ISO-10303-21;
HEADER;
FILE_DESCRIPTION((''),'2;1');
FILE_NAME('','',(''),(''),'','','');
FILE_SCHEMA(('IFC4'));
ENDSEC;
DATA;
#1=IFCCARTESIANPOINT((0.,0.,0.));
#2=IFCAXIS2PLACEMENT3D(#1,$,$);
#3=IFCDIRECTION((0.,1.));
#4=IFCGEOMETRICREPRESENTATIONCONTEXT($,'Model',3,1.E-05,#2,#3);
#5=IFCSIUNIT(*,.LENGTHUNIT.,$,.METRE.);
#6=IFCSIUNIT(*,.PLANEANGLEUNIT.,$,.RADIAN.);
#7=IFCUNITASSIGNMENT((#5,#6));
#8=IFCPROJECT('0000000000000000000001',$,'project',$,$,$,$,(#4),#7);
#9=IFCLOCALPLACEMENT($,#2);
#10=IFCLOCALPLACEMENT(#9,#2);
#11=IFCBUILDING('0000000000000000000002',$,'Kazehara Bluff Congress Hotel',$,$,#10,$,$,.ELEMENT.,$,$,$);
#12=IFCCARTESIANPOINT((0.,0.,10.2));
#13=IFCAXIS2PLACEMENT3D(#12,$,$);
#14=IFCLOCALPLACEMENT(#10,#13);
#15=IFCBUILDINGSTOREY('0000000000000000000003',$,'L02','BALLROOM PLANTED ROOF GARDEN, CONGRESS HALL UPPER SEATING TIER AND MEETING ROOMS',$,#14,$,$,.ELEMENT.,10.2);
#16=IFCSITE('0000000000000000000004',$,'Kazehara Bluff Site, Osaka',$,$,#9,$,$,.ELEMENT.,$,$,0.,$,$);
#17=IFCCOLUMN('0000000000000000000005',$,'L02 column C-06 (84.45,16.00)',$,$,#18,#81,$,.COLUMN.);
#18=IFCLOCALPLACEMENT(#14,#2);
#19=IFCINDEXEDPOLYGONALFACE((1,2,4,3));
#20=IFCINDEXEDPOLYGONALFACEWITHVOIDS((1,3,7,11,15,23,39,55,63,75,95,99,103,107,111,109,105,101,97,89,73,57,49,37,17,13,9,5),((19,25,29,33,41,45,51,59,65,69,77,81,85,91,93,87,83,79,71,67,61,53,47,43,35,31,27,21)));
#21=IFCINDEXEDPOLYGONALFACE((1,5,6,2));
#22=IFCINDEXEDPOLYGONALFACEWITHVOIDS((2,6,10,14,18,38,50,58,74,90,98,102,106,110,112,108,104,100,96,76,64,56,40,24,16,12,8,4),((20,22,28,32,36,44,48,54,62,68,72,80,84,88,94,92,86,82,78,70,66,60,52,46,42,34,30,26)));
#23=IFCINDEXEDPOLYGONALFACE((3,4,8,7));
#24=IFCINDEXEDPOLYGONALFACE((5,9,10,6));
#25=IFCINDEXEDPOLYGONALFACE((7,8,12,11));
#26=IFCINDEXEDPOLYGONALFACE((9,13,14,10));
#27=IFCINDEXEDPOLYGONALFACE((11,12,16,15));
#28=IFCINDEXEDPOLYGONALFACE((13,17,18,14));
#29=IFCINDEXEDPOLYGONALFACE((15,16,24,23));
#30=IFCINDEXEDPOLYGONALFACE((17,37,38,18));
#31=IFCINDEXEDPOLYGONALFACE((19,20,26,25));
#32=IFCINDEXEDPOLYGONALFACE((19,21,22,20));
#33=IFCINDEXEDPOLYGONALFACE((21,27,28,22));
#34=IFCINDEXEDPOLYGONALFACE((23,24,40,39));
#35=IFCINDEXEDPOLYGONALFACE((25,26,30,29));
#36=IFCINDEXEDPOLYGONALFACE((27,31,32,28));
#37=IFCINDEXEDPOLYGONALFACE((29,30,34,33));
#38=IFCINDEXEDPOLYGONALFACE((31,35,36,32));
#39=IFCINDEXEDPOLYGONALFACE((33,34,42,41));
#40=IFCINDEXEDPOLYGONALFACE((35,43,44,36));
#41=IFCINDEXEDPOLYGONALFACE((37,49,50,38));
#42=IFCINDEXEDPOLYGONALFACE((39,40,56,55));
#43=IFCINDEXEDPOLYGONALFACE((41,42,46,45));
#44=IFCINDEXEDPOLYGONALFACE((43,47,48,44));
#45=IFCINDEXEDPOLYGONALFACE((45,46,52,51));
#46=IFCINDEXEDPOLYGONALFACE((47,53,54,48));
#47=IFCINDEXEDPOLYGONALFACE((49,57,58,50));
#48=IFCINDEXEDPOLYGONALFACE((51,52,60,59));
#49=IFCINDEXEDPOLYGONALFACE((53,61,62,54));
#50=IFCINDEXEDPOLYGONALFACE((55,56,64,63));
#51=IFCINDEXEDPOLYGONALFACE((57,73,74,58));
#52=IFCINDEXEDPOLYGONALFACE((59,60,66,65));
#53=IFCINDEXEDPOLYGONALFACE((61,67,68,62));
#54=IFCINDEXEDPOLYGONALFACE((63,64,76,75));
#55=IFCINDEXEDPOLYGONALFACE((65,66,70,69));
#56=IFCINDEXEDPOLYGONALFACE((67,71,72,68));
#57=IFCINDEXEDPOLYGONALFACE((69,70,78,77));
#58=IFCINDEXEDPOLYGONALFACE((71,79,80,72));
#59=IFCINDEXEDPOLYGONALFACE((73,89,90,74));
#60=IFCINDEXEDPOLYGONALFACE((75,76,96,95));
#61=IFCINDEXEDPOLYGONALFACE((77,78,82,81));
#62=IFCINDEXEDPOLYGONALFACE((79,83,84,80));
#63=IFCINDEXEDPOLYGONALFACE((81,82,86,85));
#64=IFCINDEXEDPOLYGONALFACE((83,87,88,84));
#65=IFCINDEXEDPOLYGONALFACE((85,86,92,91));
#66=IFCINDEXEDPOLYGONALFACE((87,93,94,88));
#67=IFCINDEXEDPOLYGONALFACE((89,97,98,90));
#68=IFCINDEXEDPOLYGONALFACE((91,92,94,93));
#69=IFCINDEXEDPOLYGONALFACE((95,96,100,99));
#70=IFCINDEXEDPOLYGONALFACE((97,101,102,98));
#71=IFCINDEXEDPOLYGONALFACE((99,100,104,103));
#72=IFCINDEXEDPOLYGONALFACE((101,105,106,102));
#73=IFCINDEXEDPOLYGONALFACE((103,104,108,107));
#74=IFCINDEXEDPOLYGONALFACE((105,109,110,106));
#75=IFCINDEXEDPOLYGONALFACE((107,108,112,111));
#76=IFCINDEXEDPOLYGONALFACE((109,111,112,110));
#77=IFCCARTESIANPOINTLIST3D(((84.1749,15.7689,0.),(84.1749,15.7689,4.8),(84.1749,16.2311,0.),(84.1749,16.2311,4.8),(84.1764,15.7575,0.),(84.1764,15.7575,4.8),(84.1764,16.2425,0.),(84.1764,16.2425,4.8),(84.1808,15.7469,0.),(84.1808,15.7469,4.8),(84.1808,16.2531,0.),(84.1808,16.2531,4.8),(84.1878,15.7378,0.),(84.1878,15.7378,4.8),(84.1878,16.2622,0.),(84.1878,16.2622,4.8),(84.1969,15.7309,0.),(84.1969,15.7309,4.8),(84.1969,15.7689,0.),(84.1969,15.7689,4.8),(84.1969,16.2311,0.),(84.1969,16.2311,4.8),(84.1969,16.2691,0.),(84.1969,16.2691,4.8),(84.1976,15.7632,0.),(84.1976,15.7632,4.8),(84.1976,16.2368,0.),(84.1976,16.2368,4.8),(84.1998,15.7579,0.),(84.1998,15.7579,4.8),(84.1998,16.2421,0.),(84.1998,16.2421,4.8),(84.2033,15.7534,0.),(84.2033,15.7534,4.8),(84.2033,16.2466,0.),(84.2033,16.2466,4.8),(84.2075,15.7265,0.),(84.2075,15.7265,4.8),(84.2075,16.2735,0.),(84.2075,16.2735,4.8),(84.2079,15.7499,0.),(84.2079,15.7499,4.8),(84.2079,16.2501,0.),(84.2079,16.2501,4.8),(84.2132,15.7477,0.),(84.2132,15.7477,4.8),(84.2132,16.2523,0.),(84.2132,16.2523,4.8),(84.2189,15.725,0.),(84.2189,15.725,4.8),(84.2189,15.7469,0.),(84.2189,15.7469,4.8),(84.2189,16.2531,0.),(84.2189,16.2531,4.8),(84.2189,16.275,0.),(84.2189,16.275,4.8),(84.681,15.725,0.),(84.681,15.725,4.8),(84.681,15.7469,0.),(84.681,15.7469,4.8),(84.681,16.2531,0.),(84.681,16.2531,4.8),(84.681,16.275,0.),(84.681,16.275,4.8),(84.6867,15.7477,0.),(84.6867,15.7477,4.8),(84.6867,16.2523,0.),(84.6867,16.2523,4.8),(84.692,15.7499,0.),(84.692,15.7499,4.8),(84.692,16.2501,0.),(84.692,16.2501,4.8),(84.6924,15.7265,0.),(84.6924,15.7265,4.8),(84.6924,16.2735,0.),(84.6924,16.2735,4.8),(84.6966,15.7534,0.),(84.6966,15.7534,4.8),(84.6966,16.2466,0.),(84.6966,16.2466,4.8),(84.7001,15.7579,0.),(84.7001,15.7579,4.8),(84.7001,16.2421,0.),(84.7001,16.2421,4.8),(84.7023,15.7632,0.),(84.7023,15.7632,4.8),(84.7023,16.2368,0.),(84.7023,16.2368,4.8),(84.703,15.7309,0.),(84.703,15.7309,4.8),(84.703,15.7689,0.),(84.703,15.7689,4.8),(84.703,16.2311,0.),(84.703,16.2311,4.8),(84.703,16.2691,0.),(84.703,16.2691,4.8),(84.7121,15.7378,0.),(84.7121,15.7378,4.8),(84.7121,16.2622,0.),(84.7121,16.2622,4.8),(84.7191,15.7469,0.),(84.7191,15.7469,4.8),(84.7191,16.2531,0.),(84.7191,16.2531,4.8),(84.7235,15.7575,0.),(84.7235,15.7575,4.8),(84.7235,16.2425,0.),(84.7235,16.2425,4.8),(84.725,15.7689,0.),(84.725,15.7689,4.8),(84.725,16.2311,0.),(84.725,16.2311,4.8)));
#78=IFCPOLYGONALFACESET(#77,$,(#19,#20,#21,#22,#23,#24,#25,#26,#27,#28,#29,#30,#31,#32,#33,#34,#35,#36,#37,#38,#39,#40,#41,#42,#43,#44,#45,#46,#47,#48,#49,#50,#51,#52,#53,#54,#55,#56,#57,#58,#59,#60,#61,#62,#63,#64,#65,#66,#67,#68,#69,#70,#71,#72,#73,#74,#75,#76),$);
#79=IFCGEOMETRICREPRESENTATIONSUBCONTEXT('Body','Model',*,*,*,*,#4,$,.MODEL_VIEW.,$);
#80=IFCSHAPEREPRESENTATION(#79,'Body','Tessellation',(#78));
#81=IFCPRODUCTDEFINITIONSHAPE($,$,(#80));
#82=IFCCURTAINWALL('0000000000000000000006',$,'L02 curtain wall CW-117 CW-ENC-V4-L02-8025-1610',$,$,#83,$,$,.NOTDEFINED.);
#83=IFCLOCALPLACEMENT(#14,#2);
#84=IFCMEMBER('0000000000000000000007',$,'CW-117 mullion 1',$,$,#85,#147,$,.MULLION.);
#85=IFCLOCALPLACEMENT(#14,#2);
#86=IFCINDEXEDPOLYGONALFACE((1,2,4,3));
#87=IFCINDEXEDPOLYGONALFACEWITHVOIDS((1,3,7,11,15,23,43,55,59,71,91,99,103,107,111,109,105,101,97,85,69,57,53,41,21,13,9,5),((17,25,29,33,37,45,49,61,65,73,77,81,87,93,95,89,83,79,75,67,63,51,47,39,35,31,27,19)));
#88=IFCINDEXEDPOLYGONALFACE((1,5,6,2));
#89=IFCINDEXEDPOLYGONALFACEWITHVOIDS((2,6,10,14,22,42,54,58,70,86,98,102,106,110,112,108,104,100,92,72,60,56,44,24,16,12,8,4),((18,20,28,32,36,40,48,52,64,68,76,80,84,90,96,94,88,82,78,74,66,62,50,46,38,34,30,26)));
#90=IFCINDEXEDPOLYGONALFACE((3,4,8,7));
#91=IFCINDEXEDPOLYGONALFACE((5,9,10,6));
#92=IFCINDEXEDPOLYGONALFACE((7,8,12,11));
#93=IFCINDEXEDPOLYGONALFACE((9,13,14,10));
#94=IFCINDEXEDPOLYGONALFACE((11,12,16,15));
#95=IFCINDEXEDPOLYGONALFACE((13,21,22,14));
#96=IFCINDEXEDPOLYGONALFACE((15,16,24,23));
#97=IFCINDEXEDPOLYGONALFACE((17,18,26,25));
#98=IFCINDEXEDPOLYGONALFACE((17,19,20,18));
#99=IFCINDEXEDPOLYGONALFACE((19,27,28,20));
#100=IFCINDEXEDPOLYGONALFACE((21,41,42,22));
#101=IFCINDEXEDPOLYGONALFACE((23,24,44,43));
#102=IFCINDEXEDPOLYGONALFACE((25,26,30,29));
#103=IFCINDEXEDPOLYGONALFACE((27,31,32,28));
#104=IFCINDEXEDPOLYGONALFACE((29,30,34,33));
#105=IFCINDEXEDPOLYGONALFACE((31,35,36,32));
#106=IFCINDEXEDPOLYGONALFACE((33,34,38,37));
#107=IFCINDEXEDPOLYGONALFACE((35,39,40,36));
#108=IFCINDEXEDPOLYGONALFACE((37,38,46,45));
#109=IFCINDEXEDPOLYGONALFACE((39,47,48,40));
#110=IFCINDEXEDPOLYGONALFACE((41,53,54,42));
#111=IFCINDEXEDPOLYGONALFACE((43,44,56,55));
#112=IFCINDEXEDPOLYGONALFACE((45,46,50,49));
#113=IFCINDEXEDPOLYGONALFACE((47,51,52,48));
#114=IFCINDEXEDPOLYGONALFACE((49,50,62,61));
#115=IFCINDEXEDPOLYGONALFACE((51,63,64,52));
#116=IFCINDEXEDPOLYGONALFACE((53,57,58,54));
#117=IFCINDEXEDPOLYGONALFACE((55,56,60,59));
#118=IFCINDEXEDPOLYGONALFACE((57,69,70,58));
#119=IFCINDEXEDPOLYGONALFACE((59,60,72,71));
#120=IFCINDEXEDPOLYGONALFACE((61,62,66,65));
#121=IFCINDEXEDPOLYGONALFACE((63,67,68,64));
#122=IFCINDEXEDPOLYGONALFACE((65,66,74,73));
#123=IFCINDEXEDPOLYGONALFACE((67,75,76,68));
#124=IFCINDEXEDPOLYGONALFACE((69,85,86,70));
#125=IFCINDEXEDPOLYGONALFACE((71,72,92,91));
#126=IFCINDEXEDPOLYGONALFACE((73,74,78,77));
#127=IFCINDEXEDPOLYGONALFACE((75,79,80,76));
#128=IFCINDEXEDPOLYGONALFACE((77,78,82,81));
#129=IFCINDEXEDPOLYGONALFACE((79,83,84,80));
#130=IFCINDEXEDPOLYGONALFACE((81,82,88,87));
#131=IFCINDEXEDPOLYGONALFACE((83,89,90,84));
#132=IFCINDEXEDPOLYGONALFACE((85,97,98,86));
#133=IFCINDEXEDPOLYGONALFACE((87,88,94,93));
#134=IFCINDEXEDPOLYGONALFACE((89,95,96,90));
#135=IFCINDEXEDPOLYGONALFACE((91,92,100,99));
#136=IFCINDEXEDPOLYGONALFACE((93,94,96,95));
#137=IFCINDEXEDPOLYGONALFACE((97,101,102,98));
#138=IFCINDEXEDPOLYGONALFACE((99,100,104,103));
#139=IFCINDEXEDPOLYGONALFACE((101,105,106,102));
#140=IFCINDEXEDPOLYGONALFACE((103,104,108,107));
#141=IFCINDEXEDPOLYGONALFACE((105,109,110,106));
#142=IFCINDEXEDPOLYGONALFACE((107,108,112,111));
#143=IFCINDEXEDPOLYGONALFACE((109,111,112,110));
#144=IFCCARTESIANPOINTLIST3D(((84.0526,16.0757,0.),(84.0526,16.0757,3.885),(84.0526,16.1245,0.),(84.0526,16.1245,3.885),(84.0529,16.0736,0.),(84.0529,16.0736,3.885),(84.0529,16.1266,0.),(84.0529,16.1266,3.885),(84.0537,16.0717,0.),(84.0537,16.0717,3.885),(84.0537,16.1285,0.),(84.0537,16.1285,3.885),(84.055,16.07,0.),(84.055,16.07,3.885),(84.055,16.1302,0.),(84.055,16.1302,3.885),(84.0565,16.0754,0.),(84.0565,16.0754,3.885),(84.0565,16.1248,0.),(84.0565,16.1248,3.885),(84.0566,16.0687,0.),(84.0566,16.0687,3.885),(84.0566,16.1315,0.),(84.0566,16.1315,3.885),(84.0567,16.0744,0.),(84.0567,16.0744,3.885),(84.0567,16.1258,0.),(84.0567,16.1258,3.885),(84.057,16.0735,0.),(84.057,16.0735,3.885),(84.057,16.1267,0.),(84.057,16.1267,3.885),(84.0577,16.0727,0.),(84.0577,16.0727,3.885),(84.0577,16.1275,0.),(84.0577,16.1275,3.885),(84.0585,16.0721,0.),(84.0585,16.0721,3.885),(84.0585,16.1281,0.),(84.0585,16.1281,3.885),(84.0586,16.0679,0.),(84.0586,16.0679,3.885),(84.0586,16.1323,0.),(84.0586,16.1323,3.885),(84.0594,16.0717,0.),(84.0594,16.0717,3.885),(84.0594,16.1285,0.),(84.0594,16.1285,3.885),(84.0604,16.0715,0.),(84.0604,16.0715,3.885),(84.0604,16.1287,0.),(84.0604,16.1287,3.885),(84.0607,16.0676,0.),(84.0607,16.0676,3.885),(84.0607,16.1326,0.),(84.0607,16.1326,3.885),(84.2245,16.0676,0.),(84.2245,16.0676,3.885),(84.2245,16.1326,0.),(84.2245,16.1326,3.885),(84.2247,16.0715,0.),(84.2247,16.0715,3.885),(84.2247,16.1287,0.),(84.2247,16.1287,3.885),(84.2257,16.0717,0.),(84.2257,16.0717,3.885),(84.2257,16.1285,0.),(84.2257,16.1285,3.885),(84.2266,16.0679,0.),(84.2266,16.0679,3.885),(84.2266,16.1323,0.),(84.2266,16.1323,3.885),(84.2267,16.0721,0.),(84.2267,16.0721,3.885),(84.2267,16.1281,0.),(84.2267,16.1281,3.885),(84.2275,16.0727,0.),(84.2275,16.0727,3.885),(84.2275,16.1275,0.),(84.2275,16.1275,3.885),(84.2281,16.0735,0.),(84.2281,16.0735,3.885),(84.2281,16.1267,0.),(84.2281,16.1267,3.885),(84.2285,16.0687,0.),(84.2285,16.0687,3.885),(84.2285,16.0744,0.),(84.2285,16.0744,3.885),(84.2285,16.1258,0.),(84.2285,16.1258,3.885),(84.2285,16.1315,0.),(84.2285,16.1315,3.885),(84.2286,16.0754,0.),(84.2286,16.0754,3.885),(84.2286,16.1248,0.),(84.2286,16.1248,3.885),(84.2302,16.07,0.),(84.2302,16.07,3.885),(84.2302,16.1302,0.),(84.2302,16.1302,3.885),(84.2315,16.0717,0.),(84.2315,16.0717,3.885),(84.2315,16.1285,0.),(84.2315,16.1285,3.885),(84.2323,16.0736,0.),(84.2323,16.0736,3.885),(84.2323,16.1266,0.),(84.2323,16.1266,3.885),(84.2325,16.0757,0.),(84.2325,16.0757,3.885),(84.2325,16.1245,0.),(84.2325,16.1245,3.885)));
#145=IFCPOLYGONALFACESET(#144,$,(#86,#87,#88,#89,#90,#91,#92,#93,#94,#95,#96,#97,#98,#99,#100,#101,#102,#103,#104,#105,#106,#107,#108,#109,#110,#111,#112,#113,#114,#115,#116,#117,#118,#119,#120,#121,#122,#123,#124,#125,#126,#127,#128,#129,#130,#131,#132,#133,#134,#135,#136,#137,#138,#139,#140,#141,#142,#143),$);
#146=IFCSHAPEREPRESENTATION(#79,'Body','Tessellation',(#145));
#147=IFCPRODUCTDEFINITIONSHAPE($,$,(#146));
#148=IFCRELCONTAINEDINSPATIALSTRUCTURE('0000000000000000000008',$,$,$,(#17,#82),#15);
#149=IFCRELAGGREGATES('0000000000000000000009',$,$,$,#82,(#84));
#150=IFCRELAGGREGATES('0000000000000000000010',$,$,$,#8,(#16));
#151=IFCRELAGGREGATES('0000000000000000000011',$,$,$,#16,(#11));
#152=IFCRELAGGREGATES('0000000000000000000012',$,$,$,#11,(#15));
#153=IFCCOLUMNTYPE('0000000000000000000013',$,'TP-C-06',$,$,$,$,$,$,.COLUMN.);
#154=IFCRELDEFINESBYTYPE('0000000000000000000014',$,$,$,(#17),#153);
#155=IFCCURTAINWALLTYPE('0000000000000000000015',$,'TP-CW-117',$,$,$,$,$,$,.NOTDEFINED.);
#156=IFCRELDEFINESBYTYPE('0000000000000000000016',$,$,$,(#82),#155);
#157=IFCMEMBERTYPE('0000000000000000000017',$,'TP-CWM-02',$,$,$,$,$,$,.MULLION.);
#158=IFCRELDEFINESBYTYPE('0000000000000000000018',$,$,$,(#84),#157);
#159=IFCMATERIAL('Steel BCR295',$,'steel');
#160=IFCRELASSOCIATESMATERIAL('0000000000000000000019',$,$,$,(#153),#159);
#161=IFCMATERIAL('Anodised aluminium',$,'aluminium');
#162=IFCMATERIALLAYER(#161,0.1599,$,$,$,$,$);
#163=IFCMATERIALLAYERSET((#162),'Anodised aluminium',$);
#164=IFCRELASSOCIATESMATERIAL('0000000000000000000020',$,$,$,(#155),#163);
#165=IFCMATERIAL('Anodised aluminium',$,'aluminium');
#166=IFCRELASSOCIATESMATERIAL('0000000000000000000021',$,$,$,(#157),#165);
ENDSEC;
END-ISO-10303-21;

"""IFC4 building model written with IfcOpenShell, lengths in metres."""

from ifc_helpers import new_model, si_unit, direction, frame, origin, origin_2d, place, context, subcontext, project, spatial, hollow_rectangle, extrude, material, layer, layer_set, material_profile, profile_set, type_object, element, aggregate, save


model = new_model("IFC4")

# Units and contexts
model_context = context("Model", 3, precision=1e-05, world=origin(), true_north=direction((0.0, 1.0)))
body_context = subcontext(model_context, "Body", "Model", "MODEL_VIEW")
ifc_project = project(units=[si_unit("LENGTHUNIT", "METRE"), si_unit("PLANEANGLEUNIT", "RADIAN")], contexts=[model_context])

# Site, building, storey
site_placement = place(None, origin())
site = spatial("IfcSite", under=ifc_project, at=site_placement, Name="Kazehara Bluff Site, Osaka", CompositionType="ELEMENT", RefElevation=0.0)
building_placement = place(site_placement, origin())
building = spatial("IfcBuilding", under=site, at=building_placement, Name="Kazehara Bluff Congress Hotel", CompositionType="ELEMENT")
storey_placement = place(building_placement, frame((0.0, 0.0, 10.2)))
storey = spatial("IfcBuildingStorey", under=building, at=storey_placement, Name="L02", Description="BALLROOM PLANTED ROOF GARDEN, CONGRESS HALL UPPER SEATING TIER AND MEETING ROOMS", CompositionType="ELEMENT", Elevation=10.2)

# Column
ifc_material_1 = material(Name="Steel BCR295", Category="steel")
ifc_material_profile_1 = material_profile(ifc_material_1, hollow_rectangle(XDim=0.55, YDim=0.55, WallThickness=0.022, InnerFilletRadius=0.022, OuterFilletRadius=0.0439, at=origin_2d()))
ifc_profile_set_1 = profile_set([ifc_material_profile_1], Name="Steel BCR295")
column_type = type_object("IfcColumnType", Name="TP-C-06", PredefinedType="COLUMN", material=ifc_profile_set_1)
column_placement = place(storey_placement, frame((84.45, 16.0, 0.0), z_axis=(0.0, 0.0, 1.0), x_axis=(1.0, 0.0, 0.0)))
element("IfcColumn", 1, at=column_placement, inside=storey, type_object=column_type, Name="L02 column C-06 (84.45,16.00)", PredefinedType="COLUMN", context=body_context, shape_type="SweptSolid", body=[
    extrude(hollow_rectangle(XDim=0.55, YDim=0.55, WallThickness=0.022, InnerFilletRadius=0.022, OuterFilletRadius=0.0439, at=origin_2d()), origin(), (0.0, 0.0, 1.0), 4.8),
])

# Curtain wall, member
ifc_material_2 = material(Name="Anodised aluminium", Category="aluminium")
ifc_layer_1 = layer(ifc_material_2, 0.1599)
ifc_layer_set_1 = layer_set([ifc_layer_1], Name="Anodised aluminium")
curtain_wall_type = type_object("IfcCurtainWallType", Name="TP-CW-117", PredefinedType="NOTDEFINED", material=ifc_layer_set_1)
curtain_wall_1_placement = place(storey_placement, origin())
curtain_wall_1 = element("IfcCurtainWall", 2, at=curtain_wall_1_placement, inside=storey, type_object=curtain_wall_type, Name="L02 curtain wall CW-117 CW-ENC-V4-L02-8025-1610", PredefinedType="NOTDEFINED")
ifc_material_3 = material(Name="Anodised aluminium", Category="aluminium")
ifc_material_profile_2 = material_profile(ifc_material_3, hollow_rectangle(XDim=0.0649, YDim=0.1799, WallThickness=0.0039, InnerFilletRadius=0.0039, OuterFilletRadius=0.0081, at=origin_2d()))
ifc_profile_set_2 = profile_set([ifc_material_profile_2], Name="Anodised aluminium")
member_type_1 = type_object("IfcMemberType", Name="TP-CWM-02", PredefinedType="MULLION", material=ifc_profile_set_2)
member_1_placement = place(storey_placement, frame((84.1426, 16.1001, 0.0), z_axis=(0.0, 0.0, 1.0), x_axis=(0.0, -1.0, 0.0)))
member_1 = element("IfcMember", 3, at=member_1_placement, type_object=member_type_1, Name="CW-117 mullion 1", PredefinedType="MULLION", context=body_context, shape_type="SweptSolid", body=[
    extrude(hollow_rectangle(XDim=0.0649, YDim=0.1799, WallThickness=0.0039, InnerFilletRadius=0.0039, OuterFilletRadius=0.0081, at=origin_2d()), origin(), (0.0, 0.0, 1.0), 3.885),
])

aggregate(curtain_wall_1, [member_1])

save(model, "model.ifc")
